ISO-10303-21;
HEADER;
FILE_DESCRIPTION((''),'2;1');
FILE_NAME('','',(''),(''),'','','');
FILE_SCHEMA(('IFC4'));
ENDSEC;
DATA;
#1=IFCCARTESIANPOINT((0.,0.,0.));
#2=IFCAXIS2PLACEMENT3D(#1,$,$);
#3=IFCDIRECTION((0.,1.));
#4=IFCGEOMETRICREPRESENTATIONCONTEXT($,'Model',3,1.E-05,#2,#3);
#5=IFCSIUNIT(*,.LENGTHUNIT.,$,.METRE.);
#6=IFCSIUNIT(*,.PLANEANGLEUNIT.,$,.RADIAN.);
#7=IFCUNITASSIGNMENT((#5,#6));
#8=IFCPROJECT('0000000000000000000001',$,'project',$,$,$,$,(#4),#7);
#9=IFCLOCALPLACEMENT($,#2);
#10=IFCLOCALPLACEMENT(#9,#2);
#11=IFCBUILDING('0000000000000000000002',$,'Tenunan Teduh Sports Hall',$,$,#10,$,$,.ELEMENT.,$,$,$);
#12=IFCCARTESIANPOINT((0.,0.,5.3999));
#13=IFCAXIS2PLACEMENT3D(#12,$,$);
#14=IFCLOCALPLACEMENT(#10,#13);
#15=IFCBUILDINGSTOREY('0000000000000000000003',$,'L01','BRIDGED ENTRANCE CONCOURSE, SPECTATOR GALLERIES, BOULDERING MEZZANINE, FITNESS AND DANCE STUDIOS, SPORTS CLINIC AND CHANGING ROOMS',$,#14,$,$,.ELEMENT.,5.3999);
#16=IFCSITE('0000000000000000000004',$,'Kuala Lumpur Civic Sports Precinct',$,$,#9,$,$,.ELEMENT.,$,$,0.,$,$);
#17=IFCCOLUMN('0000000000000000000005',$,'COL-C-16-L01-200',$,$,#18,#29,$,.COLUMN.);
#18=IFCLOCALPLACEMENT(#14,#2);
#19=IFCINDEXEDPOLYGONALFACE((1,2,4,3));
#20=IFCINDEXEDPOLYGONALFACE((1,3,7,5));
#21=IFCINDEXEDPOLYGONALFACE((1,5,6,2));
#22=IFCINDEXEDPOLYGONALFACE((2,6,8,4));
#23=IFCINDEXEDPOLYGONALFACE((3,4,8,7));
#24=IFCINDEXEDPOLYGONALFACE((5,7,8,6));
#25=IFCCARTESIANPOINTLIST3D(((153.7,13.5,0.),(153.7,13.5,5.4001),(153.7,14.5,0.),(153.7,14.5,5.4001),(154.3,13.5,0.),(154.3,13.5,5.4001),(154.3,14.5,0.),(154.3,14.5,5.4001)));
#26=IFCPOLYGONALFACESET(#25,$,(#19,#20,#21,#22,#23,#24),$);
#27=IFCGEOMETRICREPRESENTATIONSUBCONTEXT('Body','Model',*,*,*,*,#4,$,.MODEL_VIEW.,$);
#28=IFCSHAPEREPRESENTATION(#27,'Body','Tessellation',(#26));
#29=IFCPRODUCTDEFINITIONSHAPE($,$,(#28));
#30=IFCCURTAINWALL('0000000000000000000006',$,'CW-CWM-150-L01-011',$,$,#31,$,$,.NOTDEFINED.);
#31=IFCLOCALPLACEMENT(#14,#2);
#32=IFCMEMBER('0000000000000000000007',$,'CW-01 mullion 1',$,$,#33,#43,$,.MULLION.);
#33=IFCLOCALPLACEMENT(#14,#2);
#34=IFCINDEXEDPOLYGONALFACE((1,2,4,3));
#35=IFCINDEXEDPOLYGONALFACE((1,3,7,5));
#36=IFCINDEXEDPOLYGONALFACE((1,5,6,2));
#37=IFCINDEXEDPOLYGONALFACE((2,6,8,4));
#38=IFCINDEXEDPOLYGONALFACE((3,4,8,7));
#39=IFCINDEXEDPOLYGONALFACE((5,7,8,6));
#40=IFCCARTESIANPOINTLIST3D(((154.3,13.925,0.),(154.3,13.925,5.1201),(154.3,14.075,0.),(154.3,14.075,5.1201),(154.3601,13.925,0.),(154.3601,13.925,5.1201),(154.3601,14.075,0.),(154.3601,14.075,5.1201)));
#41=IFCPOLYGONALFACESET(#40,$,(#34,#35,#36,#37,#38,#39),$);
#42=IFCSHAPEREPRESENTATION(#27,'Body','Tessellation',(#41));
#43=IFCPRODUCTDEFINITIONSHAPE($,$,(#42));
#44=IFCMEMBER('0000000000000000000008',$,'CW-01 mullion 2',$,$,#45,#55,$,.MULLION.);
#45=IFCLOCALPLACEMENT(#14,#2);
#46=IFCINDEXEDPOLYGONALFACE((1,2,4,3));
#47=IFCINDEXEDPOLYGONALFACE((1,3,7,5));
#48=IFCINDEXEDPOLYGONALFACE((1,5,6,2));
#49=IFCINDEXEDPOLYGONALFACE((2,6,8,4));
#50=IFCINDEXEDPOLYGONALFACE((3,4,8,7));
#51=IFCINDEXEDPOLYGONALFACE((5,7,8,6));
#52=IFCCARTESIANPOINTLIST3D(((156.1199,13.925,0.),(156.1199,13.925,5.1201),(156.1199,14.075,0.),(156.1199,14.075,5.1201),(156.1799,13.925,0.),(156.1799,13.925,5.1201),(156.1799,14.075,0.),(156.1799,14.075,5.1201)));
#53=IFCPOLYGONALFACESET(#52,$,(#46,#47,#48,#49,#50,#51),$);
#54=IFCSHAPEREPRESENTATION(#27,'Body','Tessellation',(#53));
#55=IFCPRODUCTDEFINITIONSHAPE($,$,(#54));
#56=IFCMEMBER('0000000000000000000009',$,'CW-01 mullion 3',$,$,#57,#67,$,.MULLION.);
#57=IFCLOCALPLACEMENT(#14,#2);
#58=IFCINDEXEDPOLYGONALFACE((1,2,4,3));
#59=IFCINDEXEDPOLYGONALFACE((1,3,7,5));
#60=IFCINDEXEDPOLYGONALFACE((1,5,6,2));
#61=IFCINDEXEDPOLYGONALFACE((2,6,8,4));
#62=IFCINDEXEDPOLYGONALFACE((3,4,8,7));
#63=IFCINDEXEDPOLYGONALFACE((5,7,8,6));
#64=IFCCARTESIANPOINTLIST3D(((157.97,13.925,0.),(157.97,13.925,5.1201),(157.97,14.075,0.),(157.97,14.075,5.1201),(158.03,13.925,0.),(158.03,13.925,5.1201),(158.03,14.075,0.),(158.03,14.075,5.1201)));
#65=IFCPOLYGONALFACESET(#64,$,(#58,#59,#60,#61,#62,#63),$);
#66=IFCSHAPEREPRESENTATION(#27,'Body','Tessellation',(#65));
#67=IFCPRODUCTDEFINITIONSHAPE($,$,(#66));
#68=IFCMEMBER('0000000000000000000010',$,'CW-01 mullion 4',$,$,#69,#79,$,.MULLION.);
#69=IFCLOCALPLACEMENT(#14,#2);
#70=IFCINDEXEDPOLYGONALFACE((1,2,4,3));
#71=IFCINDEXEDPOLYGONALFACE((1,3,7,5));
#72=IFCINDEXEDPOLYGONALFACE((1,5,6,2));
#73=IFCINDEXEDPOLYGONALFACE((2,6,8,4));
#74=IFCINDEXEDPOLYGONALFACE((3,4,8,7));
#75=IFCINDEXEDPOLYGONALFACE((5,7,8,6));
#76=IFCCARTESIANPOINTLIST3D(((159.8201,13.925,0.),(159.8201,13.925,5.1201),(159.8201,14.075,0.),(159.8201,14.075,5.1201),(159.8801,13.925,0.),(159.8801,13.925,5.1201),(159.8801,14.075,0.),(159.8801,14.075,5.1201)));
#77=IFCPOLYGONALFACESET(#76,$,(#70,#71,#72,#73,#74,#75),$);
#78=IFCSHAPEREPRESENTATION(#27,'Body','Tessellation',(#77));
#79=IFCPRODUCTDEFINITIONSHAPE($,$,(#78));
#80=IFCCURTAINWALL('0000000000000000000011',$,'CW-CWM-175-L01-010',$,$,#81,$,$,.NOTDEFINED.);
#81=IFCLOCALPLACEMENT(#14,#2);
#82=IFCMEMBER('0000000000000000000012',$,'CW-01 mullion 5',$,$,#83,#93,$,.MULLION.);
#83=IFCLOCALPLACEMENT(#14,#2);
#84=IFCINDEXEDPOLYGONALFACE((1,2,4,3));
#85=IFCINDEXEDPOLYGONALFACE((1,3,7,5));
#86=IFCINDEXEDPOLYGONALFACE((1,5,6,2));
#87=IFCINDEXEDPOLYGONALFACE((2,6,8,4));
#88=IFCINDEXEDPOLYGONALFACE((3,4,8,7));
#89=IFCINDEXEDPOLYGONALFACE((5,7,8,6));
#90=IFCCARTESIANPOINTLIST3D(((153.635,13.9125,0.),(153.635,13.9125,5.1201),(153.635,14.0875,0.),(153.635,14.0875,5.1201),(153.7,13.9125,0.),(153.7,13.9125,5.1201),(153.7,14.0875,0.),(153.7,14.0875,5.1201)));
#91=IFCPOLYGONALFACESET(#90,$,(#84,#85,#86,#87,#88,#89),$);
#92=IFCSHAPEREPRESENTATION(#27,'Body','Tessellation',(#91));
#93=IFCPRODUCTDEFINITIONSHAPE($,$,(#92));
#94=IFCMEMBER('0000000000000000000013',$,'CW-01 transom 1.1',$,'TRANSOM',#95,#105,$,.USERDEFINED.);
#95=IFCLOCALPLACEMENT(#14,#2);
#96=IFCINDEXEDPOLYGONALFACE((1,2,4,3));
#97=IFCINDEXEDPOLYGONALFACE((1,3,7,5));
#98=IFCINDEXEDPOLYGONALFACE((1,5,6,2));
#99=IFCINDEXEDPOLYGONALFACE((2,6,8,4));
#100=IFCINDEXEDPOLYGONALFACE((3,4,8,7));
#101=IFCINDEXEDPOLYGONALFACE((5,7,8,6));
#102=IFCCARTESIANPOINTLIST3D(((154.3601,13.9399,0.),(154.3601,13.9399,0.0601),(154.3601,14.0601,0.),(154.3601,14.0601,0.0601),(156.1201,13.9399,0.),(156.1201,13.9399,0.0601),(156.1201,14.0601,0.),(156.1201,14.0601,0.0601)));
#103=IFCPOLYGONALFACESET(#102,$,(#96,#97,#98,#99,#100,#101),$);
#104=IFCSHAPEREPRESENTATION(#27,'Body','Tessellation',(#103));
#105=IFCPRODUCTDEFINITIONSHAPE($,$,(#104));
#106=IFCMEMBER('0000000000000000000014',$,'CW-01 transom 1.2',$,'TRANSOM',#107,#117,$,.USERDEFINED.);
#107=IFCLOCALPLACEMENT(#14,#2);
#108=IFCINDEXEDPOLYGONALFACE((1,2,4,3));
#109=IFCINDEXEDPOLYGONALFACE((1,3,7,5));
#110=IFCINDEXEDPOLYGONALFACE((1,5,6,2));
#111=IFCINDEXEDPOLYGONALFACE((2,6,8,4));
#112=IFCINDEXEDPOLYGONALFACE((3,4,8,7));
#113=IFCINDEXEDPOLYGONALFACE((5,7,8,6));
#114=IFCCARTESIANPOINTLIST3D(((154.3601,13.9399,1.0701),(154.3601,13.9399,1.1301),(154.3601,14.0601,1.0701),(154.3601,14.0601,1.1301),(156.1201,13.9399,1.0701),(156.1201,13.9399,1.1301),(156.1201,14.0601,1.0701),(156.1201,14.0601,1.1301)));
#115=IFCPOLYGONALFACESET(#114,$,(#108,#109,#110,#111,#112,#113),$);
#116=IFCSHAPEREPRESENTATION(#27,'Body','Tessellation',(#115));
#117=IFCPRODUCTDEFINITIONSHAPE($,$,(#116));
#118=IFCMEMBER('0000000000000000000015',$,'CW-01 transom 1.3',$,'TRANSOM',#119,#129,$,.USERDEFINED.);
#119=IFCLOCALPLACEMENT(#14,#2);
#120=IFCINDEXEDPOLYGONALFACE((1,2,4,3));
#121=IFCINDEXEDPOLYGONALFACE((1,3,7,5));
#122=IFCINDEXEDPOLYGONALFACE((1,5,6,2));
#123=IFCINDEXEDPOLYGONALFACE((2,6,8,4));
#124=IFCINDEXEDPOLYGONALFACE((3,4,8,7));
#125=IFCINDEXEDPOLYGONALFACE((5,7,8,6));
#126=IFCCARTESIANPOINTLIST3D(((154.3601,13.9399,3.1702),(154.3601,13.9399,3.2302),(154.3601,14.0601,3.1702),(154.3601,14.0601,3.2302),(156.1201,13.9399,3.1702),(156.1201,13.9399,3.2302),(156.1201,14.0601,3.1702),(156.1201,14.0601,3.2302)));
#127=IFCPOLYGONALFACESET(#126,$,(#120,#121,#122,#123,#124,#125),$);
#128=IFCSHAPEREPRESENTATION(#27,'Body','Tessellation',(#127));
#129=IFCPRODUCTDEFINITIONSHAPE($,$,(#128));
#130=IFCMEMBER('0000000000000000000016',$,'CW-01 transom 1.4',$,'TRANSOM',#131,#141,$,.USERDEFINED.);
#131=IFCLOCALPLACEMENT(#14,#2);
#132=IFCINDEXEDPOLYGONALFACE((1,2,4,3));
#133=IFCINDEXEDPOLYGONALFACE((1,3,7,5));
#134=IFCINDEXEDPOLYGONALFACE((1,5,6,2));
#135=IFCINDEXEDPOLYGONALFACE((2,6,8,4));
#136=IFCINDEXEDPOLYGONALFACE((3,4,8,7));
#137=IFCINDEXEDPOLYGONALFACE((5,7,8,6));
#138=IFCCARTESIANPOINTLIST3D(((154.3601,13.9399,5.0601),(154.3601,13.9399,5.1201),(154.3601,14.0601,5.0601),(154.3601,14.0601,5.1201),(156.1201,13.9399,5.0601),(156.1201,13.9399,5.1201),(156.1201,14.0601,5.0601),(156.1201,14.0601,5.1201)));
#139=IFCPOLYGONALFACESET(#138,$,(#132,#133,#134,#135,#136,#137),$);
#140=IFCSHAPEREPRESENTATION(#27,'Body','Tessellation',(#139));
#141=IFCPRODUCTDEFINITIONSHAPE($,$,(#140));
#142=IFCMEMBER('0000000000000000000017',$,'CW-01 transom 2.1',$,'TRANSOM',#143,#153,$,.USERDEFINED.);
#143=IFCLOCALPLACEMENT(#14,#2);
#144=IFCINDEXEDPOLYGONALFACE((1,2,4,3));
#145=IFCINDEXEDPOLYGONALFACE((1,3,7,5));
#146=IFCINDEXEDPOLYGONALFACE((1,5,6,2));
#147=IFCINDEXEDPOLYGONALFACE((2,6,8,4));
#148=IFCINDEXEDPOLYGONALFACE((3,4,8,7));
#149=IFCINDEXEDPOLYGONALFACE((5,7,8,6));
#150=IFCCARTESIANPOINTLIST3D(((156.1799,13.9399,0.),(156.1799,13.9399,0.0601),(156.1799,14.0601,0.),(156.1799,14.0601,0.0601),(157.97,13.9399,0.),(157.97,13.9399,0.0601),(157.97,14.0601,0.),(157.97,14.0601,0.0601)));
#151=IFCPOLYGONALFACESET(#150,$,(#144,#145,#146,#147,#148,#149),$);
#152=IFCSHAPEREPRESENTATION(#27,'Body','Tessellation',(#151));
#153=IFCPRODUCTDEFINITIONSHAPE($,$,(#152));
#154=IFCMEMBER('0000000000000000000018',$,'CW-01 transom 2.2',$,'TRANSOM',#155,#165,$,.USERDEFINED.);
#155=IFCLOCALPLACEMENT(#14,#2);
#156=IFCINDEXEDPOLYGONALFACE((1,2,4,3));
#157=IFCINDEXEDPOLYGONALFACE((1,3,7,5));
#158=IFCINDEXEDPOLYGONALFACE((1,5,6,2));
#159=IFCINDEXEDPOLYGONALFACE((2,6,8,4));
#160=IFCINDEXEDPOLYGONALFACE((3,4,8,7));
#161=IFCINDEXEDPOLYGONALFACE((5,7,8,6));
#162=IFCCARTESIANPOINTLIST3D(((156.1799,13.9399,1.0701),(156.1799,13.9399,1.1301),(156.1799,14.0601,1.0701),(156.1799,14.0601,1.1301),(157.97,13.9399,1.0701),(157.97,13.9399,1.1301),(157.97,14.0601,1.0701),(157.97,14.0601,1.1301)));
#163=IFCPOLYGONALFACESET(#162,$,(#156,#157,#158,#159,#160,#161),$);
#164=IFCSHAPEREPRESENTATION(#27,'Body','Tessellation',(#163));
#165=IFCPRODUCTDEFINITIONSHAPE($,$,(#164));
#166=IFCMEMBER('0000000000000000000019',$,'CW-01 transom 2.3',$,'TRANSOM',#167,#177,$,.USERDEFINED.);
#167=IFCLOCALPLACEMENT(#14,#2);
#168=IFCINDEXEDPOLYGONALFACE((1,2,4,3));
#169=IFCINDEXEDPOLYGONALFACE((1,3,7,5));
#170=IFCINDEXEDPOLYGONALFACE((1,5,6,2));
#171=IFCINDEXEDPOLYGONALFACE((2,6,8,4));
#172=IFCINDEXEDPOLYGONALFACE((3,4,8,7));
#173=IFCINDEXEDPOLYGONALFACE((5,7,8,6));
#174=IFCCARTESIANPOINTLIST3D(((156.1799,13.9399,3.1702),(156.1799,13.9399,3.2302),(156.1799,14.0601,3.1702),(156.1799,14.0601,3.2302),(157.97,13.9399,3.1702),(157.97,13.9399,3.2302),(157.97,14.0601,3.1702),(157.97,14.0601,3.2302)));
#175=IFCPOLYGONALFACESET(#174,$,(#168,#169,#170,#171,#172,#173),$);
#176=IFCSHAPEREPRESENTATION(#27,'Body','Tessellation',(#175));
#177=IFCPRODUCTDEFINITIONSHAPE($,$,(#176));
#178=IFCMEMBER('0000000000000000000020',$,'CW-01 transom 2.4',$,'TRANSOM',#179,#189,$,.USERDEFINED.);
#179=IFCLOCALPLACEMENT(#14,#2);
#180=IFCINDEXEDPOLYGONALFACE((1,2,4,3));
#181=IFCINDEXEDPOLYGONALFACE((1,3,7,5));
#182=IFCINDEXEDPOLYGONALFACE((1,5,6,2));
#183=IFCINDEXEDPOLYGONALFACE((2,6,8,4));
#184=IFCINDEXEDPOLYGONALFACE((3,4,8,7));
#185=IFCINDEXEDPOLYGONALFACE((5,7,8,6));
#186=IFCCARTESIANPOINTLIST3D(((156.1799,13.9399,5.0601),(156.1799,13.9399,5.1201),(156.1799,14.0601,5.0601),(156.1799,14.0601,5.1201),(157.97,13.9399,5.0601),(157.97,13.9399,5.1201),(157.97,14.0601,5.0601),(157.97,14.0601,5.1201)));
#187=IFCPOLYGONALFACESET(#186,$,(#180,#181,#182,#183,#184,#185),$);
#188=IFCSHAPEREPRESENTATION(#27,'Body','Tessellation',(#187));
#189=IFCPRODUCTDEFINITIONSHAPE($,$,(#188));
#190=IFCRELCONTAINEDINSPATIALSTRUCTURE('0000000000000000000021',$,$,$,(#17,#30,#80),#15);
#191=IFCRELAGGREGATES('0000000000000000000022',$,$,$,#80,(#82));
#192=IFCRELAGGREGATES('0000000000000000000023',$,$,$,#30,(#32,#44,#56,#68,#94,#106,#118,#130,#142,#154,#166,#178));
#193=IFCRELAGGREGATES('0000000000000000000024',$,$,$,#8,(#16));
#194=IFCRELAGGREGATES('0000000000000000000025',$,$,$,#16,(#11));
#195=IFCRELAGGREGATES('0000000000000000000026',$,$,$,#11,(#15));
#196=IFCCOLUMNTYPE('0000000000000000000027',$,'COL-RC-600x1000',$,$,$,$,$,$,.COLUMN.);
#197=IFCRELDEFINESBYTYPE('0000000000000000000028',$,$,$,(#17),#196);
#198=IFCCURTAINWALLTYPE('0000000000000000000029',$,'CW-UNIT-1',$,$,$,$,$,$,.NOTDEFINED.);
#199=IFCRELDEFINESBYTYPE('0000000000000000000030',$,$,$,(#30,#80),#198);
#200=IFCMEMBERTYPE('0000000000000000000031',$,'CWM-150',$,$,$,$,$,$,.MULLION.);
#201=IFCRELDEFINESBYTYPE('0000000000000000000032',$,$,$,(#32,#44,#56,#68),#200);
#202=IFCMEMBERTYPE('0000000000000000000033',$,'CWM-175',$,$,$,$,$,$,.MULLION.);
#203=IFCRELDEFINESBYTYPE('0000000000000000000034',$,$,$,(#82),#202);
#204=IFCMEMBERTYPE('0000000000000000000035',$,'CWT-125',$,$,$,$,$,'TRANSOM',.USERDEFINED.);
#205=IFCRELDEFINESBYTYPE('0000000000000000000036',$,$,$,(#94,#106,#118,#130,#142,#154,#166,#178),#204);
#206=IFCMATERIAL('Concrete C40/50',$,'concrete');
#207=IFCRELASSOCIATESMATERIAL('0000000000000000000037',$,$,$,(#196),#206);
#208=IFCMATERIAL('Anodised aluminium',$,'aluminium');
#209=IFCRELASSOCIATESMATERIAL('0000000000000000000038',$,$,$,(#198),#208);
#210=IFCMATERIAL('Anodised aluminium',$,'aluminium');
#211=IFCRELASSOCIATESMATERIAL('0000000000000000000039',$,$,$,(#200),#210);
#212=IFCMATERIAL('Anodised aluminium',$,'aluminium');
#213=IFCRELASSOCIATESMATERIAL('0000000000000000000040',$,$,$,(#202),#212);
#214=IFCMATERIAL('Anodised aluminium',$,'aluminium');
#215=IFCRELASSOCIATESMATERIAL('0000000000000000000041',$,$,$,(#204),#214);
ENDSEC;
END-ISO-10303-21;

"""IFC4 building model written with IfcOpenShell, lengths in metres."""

from ifc_helpers import new_model, si_unit, direction, frame, origin, origin_2d, place, context, subcontext, project, spatial, rectangle, extrude, material, material_profile, profile_set, type_object, element, aggregate, save


model = new_model("IFC4")

# Units and contexts
model_context = context("Model", 3, precision=1e-05, world=origin(), true_north=direction((0.0, 1.0)))
body_context = subcontext(model_context, "Body", "Model", "MODEL_VIEW")
ifc_project = project(units=[si_unit("LENGTHUNIT", "METRE"), si_unit("PLANEANGLEUNIT", "RADIAN")], contexts=[model_context])

# Site, building, storey
site_placement = place(None, origin())
site = spatial("IfcSite", under=ifc_project, at=site_placement, Name="Kuala Lumpur Civic Sports Precinct", CompositionType="ELEMENT", RefElevation=0.0)
building_placement = place(site_placement, origin())
building = spatial("IfcBuilding", under=site, at=building_placement, Name="Tenunan Teduh Sports Hall", CompositionType="ELEMENT")
storey_placement = place(building_placement, frame((0.0, 0.0, 5.3999)))
storey = spatial("IfcBuildingStorey", under=building, at=storey_placement, Name="L01", Description="BRIDGED ENTRANCE CONCOURSE, SPECTATOR GALLERIES, BOULDERING MEZZANINE, FITNESS AND DANCE STUDIOS, SPORTS CLINIC AND CHANGING ROOMS", CompositionType="ELEMENT", Elevation=5.3999)

# Column
ifc_material_1 = material(Name="Concrete C40/50", Category="concrete")
ifc_material_profile_1 = material_profile(ifc_material_1, rectangle(XDim=0.6001, YDim=1.0, at=origin_2d()), Name="RC 600x1000")
ifc_profile_set_1 = profile_set([ifc_material_profile_1], Name="Concrete C40/50")
column_type = type_object("IfcColumnType", Name="COL-RC-600x1000", PredefinedType="COLUMN", material=ifc_profile_set_1)
column_placement = place(storey_placement, frame((154.0, 14.0, 0.0), z_axis=(0.0, 0.0, 1.0), x_axis=(1.0, 0.0, 0.0)))
element("IfcColumn", 1, at=column_placement, inside=storey, type_object=column_type, Name="COL-C-16-L01-200", PredefinedType="COLUMN", context=body_context, shape_type="SweptSolid", body=[
    extrude(rectangle(XDim=0.6001, YDim=1.0, at=origin_2d()), origin(), (0.0, 0.0, 1.0), 5.4001),
])

# Curtain wall, members
ifc_material_2 = material(Name="Anodised aluminium", Category="aluminium")
curtain_wall_type = type_object("IfcCurtainWallType", Name="CW-UNIT-1", PredefinedType="NOTDEFINED", material=ifc_material_2)
curtain_wall_1_placement = place(storey_placement, origin())
curtain_wall_1 = element("IfcCurtainWall", 2, at=curtain_wall_1_placement, inside=storey, type_object=curtain_wall_type, Name="CW-CWM-150-L01-011", PredefinedType="NOTDEFINED")
ifc_material_3 = material(Name="Anodised aluminium", Category="aluminium")
ifc_material_profile_2 = material_profile(ifc_material_3, rectangle(XDim=0.0601, YDim=0.1499, at=origin_2d()), Name="CWM 60x150")
ifc_profile_set_2 = profile_set([ifc_material_profile_2], Name="Anodised aluminium")
member_type_1 = type_object("IfcMemberType", Name="CWM-150", PredefinedType="MULLION", material=ifc_profile_set_2)
member_1_placement = place(storey_placement, frame((154.3301, 14.0, 0.0), z_axis=(0.0, 0.0, 1.0), x_axis=(1.0, 0.0, 0.0)))
member_1 = element("IfcMember", 3, at=member_1_placement, type_object=member_type_1, Name="CW-01 mullion 1", PredefinedType="MULLION", context=body_context, shape_type="SweptSolid", body=[
    extrude(rectangle(XDim=0.0601, YDim=0.1499, at=origin_2d()), origin(), (0.0, 0.0, 1.0), 5.1201),
])
member_2_placement = place(storey_placement, frame((156.1499, 14.0, 0.0), z_axis=(0.0, 0.0, 1.0), x_axis=(1.0, 0.0, 0.0)))
member_2 = element("IfcMember", 4, at=member_2_placement, type_object=member_type_1, Name="CW-01 mullion 2", PredefinedType="MULLION", context=body_context, shape_type="SweptSolid", body=[
    extrude(rectangle(XDim=0.0601, YDim=0.1499, at=origin_2d()), origin(), (0.0, 0.0, 1.0), 5.1201),
])
member_3_placement = place(storey_placement, frame((158.0, 14.0, 0.0), z_axis=(0.0, 0.0, 1.0), x_axis=(1.0, 0.0, 0.0)))
member_3 = element("IfcMember", 5, at=member_3_placement, type_object=member_type_1, Name="CW-01 mullion 3", PredefinedType="MULLION", context=body_context, shape_type="SweptSolid", body=[
    extrude(rectangle(XDim=0.0601, YDim=0.1499, at=origin_2d()), origin(), (0.0, 0.0, 1.0), 5.1201),
])
member_4_placement = place(storey_placement, frame((159.8501, 14.0, 0.0), z_axis=(0.0, 0.0, 1.0), x_axis=(1.0, 0.0, 0.0)))
member_4 = element("IfcMember", 6, at=member_4_placement, type_object=member_type_1, Name="CW-01 mullion 4", PredefinedType="MULLION", context=body_context, shape_type="SweptSolid", body=[
    extrude(rectangle(XDim=0.0601, YDim=0.1499, at=origin_2d()), origin(), (0.0, 0.0, 1.0), 5.1201),
])

# Curtain wall, member
curtain_wall_2_placement = place(storey_placement, origin())
curtain_wall_2 = element("IfcCurtainWall", 7, at=curtain_wall_2_placement, inside=storey, type_object=curtain_wall_type, Name="CW-CWM-175-L01-010", PredefinedType="NOTDEFINED")
ifc_material_4 = material(Name="Anodised aluminium", Category="aluminium")
ifc_material_profile_3 = material_profile(ifc_material_4, rectangle(XDim=0.0649, YDim=0.175, at=origin_2d()), Name="CWM 65x175")
ifc_profile_set_3 = profile_set([ifc_material_profile_3], Name="Anodised aluminium")
member_type_2 = type_object("IfcMemberType", Name="CWM-175", PredefinedType="MULLION", material=ifc_profile_set_3)
member_5_placement = place(storey_placement, frame((153.6675, 14.0, 0.0), z_axis=(0.0, 0.0, 1.0), x_axis=(1.0, 0.0, 0.0)))
member_5 = element("IfcMember", 8, at=member_5_placement, type_object=member_type_2, Name="CW-01 mullion 5", PredefinedType="MULLION", context=body_context, shape_type="SweptSolid", body=[
    extrude(rectangle(XDim=0.0649, YDim=0.175, at=origin_2d()), origin(), (0.0, 0.0, 1.0), 5.1201),
])

# Members
ifc_material_5 = material(Name="Anodised aluminium", Category="aluminium")
ifc_material_profile_4 = material_profile(ifc_material_5, rectangle(XDim=0.0601, YDim=0.1201, at=origin_2d()), Name="CWT 60x120")
ifc_profile_set_4 = profile_set([ifc_material_profile_4], Name="Anodised aluminium")
member_type_3 = type_object("IfcMemberType", Name="CWT-125", ElementType="TRANSOM", PredefinedType="USERDEFINED", material=ifc_profile_set_4)
member_6_placement = place(storey_placement, frame((154.3601, 14.0, 0.03), z_axis=(1.0, 0.0, 0.0), x_axis=(0.0, 0.0, 1.0)))
member_6 = element("IfcMember", 9, at=member_6_placement, type_object=member_type_3, Name="CW-01 transom 1.1", ObjectType="TRANSOM", PredefinedType="USERDEFINED", context=body_context, shape_type="SweptSolid", body=[
    extrude(rectangle(XDim=0.0601, YDim=0.1201, at=origin_2d()), origin(), (0.0, 0.0, 1.0), 1.76),
])
member_7_placement = place(storey_placement, frame((154.3601, 14.0, 1.1001), z_axis=(1.0, 0.0, 0.0), x_axis=(0.0, 0.0, 1.0)))
member_7 = element("IfcMember", 10, at=member_7_placement, type_object=member_type_3, Name="CW-01 transom 1.2", ObjectType="TRANSOM", PredefinedType="USERDEFINED", context=body_context, shape_type="SweptSolid", body=[
    extrude(rectangle(XDim=0.0601, YDim=0.1201, at=origin_2d()), origin(), (0.0, 0.0, 1.0), 1.76),
])
member_8_placement = place(storey_placement, frame((154.3601, 14.0, 3.2002), z_axis=(1.0, 0.0, 0.0), x_axis=(0.0, 0.0, 1.0)))
member_8 = element("IfcMember", 11, at=member_8_placement, type_object=member_type_3, Name="CW-01 transom 1.3", ObjectType="TRANSOM", PredefinedType="USERDEFINED", context=body_context, shape_type="SweptSolid", body=[
    extrude(rectangle(XDim=0.0601, YDim=0.1201, at=origin_2d()), origin(), (0.0, 0.0, 1.0), 1.76),
])
member_9_placement = place(storey_placement, frame((154.3601, 14.0, 5.0901), z_axis=(1.0, 0.0, 0.0), x_axis=(0.0, 0.0, 1.0)))
member_9 = element("IfcMember", 12, at=member_9_placement, type_object=member_type_3, Name="CW-01 transom 1.4", ObjectType="TRANSOM", PredefinedType="USERDEFINED", context=body_context, shape_type="SweptSolid", body=[
    extrude(rectangle(XDim=0.0601, YDim=0.1201, at=origin_2d()), origin(), (0.0, 0.0, 1.0), 1.76),
])
member_10_placement = place(storey_placement, frame((156.1799, 14.0, 0.03), z_axis=(1.0, 0.0, 0.0), x_axis=(0.0, 0.0, 1.0)))
member_10 = element("IfcMember", 13, at=member_10_placement, type_object=member_type_3, Name="CW-01 transom 2.1", ObjectType="TRANSOM", PredefinedType="USERDEFINED", context=body_context, shape_type="SweptSolid", body=[
    extrude(rectangle(XDim=0.0601, YDim=0.1201, at=origin_2d()), origin(), (0.0, 0.0, 1.0), 1.79),
])
member_11_placement = place(storey_placement, frame((156.1799, 14.0, 1.1001), z_axis=(1.0, 0.0, 0.0), x_axis=(0.0, 0.0, 1.0)))
member_11 = element("IfcMember", 14, at=member_11_placement, type_object=member_type_3, Name="CW-01 transom 2.2", ObjectType="TRANSOM", PredefinedType="USERDEFINED", context=body_context, shape_type="SweptSolid", body=[
    extrude(rectangle(XDim=0.0601, YDim=0.1201, at=origin_2d()), origin(), (0.0, 0.0, 1.0), 1.79),
])
member_12_placement = place(storey_placement, frame((156.1799, 14.0, 3.2002), z_axis=(1.0, 0.0, 0.0), x_axis=(0.0, 0.0, 1.0)))
member_12 = element("IfcMember", 15, at=member_12_placement, type_object=member_type_3, Name="CW-01 transom 2.3", ObjectType="TRANSOM", PredefinedType="USERDEFINED", context=body_context, shape_type="SweptSolid", body=[
    extrude(rectangle(XDim=0.0601, YDim=0.1201, at=origin_2d()), origin(), (0.0, 0.0, 1.0), 1.79),
])
member_13_placement = place(storey_placement, frame((156.1799, 14.0, 5.0901), z_axis=(1.0, 0.0, 0.0), x_axis=(0.0, 0.0, 1.0)))
member_13 = element("IfcMember", 16, at=member_13_placement, type_object=member_type_3, Name="CW-01 transom 2.4", ObjectType="TRANSOM", PredefinedType="USERDEFINED", context=body_context, shape_type="SweptSolid", body=[
    extrude(rectangle(XDim=0.0601, YDim=0.1201, at=origin_2d()), origin(), (0.0, 0.0, 1.0), 1.79),
])

aggregate(curtain_wall_2, [member_5])
aggregate(curtain_wall_1, [member_1, member_2, member_3, member_4, member_6, member_7, member_8, member_9, member_10, member_11, member_12, member_13])

save(model, "model.ifc")
